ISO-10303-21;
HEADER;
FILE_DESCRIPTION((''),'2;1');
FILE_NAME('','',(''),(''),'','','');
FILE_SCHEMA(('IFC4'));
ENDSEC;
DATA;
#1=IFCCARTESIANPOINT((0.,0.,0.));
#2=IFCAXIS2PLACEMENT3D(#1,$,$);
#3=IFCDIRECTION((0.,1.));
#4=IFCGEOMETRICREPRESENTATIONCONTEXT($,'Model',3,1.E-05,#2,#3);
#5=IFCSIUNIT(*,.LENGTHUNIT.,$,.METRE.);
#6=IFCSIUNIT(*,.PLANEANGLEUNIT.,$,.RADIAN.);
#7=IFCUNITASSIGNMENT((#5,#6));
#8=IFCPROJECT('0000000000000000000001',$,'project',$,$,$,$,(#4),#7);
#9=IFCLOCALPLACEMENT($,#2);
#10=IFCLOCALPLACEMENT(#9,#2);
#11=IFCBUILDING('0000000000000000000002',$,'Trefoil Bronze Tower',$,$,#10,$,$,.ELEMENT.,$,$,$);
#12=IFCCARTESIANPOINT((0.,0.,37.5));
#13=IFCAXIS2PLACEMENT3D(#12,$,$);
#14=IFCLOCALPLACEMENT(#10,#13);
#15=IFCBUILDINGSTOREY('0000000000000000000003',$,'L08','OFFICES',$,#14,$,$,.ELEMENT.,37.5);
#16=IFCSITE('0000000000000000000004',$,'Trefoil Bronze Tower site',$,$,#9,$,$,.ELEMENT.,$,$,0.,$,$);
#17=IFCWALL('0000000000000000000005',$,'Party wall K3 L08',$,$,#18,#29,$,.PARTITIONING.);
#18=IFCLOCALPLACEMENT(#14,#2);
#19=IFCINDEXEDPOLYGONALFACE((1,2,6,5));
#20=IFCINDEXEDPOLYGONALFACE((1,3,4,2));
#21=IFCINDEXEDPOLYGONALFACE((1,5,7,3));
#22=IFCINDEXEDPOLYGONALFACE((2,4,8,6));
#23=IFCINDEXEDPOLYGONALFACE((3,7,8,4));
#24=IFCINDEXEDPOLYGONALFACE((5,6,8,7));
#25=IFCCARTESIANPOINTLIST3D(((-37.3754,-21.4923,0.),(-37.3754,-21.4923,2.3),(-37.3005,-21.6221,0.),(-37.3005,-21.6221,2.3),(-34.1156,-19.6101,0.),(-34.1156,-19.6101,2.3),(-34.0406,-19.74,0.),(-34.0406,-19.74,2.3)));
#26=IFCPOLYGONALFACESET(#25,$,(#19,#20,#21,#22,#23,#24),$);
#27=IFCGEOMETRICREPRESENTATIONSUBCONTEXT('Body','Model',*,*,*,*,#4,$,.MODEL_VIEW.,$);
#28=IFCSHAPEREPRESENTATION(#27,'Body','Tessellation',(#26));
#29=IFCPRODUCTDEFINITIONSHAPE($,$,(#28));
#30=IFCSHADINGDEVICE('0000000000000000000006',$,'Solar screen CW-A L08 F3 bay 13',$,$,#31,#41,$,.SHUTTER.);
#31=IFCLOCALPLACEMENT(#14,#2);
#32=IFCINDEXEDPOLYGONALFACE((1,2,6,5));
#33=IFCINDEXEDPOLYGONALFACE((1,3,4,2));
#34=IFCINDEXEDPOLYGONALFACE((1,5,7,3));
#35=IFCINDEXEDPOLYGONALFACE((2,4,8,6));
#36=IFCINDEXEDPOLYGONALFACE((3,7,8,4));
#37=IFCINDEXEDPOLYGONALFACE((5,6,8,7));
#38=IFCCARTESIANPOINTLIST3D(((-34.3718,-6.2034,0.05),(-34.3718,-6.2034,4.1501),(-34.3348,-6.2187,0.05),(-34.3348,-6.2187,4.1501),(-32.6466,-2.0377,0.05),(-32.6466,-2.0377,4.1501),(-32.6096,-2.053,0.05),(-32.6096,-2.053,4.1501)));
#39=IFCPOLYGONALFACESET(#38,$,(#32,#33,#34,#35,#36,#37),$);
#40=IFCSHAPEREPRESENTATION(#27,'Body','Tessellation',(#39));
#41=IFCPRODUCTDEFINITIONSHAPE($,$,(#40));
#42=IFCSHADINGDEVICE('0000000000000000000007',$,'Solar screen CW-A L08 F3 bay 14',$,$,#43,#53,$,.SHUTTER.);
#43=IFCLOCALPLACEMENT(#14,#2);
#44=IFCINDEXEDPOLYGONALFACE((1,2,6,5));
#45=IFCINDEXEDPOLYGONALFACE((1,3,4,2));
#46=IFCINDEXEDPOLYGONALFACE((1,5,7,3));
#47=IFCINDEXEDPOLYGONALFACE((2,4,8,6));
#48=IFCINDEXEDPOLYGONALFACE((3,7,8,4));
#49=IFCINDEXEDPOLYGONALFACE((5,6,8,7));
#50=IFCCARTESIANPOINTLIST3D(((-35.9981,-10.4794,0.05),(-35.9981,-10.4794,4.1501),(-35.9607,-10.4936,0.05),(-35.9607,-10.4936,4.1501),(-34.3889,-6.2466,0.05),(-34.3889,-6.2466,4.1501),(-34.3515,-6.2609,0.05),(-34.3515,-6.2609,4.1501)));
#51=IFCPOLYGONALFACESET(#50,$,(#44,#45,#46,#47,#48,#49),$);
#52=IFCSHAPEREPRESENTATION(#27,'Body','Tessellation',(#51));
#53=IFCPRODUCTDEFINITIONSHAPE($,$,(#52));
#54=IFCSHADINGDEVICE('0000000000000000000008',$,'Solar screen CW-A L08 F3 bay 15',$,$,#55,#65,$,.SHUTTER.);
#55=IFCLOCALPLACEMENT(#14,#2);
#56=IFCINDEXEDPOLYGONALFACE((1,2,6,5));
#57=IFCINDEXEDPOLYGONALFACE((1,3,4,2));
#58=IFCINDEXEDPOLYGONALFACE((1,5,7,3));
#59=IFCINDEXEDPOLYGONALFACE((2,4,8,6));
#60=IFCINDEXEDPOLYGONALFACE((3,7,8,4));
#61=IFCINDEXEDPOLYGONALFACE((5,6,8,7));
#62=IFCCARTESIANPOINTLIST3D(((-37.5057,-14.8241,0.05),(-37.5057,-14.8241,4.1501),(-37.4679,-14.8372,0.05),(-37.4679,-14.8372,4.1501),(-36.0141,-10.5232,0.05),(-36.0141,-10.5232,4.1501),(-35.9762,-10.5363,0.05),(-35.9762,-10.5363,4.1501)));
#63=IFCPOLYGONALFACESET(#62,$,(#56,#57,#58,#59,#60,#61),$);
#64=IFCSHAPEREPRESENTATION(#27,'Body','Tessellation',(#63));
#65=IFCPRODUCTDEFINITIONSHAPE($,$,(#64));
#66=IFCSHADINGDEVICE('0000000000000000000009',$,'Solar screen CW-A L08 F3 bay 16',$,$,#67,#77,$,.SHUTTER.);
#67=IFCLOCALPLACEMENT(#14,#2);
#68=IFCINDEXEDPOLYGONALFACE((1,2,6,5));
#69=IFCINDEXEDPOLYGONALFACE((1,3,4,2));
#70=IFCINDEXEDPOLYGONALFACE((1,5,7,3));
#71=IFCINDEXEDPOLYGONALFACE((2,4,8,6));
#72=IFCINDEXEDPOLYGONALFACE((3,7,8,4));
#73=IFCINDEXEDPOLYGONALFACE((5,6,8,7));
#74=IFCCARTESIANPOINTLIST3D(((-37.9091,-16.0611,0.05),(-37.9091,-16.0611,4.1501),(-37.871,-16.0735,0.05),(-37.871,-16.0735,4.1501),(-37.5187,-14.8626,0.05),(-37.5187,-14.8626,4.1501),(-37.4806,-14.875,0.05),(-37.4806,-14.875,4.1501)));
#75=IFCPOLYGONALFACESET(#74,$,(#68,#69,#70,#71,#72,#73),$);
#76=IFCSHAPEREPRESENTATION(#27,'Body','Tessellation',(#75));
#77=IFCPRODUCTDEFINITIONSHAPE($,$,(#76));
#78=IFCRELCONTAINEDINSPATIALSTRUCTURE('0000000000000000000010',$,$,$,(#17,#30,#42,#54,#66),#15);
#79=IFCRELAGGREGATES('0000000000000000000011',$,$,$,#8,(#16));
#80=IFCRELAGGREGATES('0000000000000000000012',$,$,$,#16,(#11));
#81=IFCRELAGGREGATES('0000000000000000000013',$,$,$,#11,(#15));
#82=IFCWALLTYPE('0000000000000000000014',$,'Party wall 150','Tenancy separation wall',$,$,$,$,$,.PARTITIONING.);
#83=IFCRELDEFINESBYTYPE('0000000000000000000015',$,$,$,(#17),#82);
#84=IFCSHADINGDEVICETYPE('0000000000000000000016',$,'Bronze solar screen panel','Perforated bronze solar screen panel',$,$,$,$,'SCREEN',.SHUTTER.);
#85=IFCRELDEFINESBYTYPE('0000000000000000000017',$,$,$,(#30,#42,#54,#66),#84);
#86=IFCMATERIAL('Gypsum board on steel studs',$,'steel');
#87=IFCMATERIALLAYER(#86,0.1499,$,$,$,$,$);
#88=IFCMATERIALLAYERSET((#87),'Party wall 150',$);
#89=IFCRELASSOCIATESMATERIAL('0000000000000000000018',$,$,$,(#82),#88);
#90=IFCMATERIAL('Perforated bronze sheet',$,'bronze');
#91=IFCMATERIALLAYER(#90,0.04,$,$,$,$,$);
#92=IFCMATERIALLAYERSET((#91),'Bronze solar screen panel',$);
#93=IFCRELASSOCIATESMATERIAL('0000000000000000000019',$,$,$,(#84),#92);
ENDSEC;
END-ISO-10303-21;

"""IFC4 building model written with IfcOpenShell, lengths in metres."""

from ifc_helpers import new_model, si_unit, direction, frame, frame_2d, origin, origin_2d, place, context, subcontext, project, spatial, rectangle, extrude, material, layer, layer_set, type_object, element, save


model = new_model("IFC4")

# Units and contexts
model_context = context("Model", 3, precision=1e-05, world=origin(), true_north=direction((0.0, 1.0)))
body_context = subcontext(model_context, "Body", "Model", "MODEL_VIEW")
ifc_project = project(units=[si_unit("LENGTHUNIT", "METRE"), si_unit("PLANEANGLEUNIT", "RADIAN")], contexts=[model_context])

# Site, building, storey
site_placement = place(None, origin())
site = spatial("IfcSite", under=ifc_project, at=site_placement, Name="Trefoil Bronze Tower site", CompositionType="ELEMENT", RefElevation=0.0)
building_placement = place(site_placement, origin())
building = spatial("IfcBuilding", under=site, at=building_placement, Name="Trefoil Bronze Tower", CompositionType="ELEMENT")
storey_placement = place(building_placement, frame((0.0, 0.0, 37.5)))
storey = spatial("IfcBuildingStorey", under=building, at=storey_placement, Name="L08", Description="OFFICES", CompositionType="ELEMENT", Elevation=37.5)

# Wall
ifc_material_1 = material(Name="Gypsum board on steel studs", Category="steel")
ifc_layer_1 = layer(ifc_material_1, 0.1499)
ifc_layer_set_1 = layer_set([ifc_layer_1], Name="Party wall 150")
wall_type_1 = type_object("IfcWallType", Name="Party wall 150", Description="Tenancy separation wall", PredefinedType="PARTITIONING", material=ifc_layer_set_1)
wall_1_placement = place(storey_placement, frame((-34.0781, -19.675, 0.0), z_axis=(0.0, 0.0, 1.0), x_axis=(-0.866019, -0.500011, 0.0)))
element("IfcWall", 1, at=wall_1_placement, inside=storey, type_object=wall_type_1, Name="Party wall K3 L08", PredefinedType="PARTITIONING", context=body_context, shape_type="SweptSolid", body=[
    extrude(rectangle(XDim=3.7642, YDim=0.1499, at=frame_2d((1.8821, 0.0))), origin(), (0.0, 0.0, 1.0), 2.3),
])

# Shading devices
ifc_material_2 = material(Name="Perforated bronze sheet", Category="bronze")
ifc_layer_2 = layer(ifc_material_2, 0.04)
ifc_layer_set_2 = layer_set([ifc_layer_2], Name="Bronze solar screen panel")
shading_device_type = type_object("IfcShadingDeviceType", Name="Bronze solar screen panel", Description="Perforated bronze solar screen panel", ElementType="SCREEN", PredefinedType="SHUTTER", material=ifc_layer_set_2)
shading_device_1_placement = place(storey_placement, frame((-33.4907, -4.1282, 0.05), z_axis=(0.0, 0.0, 1.0), x_axis=(-0.38263, -0.923902, 0.0)))
element("IfcShadingDevice", 2, at=shading_device_1_placement, inside=storey, type_object=shading_device_type, Name="Solar screen CW-A L08 F3 bay 13", PredefinedType="SHUTTER", context=body_context, shape_type="SweptSolid", body=[
    extrude(rectangle(XDim=4.5088, YDim=0.04, at=origin_2d()), origin(), (0.0, 0.0, 1.0), 4.1001),
])
shading_device_2_placement = place(storey_placement, frame((-35.1748, -8.3701, 0.05), z_axis=(0.0, 0.0, 1.0), x_axis=(-0.355371, -0.934725, 0.0)))
element("IfcShadingDevice", 3, at=shading_device_2_placement, inside=storey, type_object=shading_device_type, Name="Solar screen CW-A L08 F3 bay 14", PredefinedType="SHUTTER", context=body_context, shape_type="SweptSolid", body=[
    extrude(rectangle(XDim=4.5283, YDim=0.04, at=origin_2d()), origin(), (0.0, 0.0, 1.0), 4.1001),
])
shading_device_3_placement = place(storey_placement, frame((-36.741, -12.6802, 0.05), z_axis=(0.0, 0.0, 1.0), x_axis=(-0.327674, -0.944791, 0.0)))
element("IfcShadingDevice", 4, at=shading_device_3_placement, inside=storey, type_object=shading_device_type, Name="Solar screen CW-A L08 F3 bay 15", PredefinedType="SHUTTER", context=body_context, shape_type="SweptSolid", body=[
    extrude(rectangle(XDim=4.5522, YDim=0.04, at=origin_2d()), origin(), (0.0, 0.0, 1.0), 4.1001),
])
shading_device_4_placement = place(storey_placement, frame((-37.6948, -15.468, 0.05), z_axis=(0.0, 0.0, 1.0), x_axis=(-0.309728, -0.950825, 0.0)))
element("IfcShadingDevice", 5, at=shading_device_4_placement, inside=storey, type_object=shading_device_type, Name="Solar screen CW-A L08 F3 bay 16", PredefinedType="SHUTTER", context=body_context, shape_type="SweptSolid", body=[
    extrude(rectangle(XDim=1.2605, YDim=0.04, at=origin_2d()), origin(), (0.0, 0.0, 1.0), 4.1001),
])

save(model, "model.ifc")
